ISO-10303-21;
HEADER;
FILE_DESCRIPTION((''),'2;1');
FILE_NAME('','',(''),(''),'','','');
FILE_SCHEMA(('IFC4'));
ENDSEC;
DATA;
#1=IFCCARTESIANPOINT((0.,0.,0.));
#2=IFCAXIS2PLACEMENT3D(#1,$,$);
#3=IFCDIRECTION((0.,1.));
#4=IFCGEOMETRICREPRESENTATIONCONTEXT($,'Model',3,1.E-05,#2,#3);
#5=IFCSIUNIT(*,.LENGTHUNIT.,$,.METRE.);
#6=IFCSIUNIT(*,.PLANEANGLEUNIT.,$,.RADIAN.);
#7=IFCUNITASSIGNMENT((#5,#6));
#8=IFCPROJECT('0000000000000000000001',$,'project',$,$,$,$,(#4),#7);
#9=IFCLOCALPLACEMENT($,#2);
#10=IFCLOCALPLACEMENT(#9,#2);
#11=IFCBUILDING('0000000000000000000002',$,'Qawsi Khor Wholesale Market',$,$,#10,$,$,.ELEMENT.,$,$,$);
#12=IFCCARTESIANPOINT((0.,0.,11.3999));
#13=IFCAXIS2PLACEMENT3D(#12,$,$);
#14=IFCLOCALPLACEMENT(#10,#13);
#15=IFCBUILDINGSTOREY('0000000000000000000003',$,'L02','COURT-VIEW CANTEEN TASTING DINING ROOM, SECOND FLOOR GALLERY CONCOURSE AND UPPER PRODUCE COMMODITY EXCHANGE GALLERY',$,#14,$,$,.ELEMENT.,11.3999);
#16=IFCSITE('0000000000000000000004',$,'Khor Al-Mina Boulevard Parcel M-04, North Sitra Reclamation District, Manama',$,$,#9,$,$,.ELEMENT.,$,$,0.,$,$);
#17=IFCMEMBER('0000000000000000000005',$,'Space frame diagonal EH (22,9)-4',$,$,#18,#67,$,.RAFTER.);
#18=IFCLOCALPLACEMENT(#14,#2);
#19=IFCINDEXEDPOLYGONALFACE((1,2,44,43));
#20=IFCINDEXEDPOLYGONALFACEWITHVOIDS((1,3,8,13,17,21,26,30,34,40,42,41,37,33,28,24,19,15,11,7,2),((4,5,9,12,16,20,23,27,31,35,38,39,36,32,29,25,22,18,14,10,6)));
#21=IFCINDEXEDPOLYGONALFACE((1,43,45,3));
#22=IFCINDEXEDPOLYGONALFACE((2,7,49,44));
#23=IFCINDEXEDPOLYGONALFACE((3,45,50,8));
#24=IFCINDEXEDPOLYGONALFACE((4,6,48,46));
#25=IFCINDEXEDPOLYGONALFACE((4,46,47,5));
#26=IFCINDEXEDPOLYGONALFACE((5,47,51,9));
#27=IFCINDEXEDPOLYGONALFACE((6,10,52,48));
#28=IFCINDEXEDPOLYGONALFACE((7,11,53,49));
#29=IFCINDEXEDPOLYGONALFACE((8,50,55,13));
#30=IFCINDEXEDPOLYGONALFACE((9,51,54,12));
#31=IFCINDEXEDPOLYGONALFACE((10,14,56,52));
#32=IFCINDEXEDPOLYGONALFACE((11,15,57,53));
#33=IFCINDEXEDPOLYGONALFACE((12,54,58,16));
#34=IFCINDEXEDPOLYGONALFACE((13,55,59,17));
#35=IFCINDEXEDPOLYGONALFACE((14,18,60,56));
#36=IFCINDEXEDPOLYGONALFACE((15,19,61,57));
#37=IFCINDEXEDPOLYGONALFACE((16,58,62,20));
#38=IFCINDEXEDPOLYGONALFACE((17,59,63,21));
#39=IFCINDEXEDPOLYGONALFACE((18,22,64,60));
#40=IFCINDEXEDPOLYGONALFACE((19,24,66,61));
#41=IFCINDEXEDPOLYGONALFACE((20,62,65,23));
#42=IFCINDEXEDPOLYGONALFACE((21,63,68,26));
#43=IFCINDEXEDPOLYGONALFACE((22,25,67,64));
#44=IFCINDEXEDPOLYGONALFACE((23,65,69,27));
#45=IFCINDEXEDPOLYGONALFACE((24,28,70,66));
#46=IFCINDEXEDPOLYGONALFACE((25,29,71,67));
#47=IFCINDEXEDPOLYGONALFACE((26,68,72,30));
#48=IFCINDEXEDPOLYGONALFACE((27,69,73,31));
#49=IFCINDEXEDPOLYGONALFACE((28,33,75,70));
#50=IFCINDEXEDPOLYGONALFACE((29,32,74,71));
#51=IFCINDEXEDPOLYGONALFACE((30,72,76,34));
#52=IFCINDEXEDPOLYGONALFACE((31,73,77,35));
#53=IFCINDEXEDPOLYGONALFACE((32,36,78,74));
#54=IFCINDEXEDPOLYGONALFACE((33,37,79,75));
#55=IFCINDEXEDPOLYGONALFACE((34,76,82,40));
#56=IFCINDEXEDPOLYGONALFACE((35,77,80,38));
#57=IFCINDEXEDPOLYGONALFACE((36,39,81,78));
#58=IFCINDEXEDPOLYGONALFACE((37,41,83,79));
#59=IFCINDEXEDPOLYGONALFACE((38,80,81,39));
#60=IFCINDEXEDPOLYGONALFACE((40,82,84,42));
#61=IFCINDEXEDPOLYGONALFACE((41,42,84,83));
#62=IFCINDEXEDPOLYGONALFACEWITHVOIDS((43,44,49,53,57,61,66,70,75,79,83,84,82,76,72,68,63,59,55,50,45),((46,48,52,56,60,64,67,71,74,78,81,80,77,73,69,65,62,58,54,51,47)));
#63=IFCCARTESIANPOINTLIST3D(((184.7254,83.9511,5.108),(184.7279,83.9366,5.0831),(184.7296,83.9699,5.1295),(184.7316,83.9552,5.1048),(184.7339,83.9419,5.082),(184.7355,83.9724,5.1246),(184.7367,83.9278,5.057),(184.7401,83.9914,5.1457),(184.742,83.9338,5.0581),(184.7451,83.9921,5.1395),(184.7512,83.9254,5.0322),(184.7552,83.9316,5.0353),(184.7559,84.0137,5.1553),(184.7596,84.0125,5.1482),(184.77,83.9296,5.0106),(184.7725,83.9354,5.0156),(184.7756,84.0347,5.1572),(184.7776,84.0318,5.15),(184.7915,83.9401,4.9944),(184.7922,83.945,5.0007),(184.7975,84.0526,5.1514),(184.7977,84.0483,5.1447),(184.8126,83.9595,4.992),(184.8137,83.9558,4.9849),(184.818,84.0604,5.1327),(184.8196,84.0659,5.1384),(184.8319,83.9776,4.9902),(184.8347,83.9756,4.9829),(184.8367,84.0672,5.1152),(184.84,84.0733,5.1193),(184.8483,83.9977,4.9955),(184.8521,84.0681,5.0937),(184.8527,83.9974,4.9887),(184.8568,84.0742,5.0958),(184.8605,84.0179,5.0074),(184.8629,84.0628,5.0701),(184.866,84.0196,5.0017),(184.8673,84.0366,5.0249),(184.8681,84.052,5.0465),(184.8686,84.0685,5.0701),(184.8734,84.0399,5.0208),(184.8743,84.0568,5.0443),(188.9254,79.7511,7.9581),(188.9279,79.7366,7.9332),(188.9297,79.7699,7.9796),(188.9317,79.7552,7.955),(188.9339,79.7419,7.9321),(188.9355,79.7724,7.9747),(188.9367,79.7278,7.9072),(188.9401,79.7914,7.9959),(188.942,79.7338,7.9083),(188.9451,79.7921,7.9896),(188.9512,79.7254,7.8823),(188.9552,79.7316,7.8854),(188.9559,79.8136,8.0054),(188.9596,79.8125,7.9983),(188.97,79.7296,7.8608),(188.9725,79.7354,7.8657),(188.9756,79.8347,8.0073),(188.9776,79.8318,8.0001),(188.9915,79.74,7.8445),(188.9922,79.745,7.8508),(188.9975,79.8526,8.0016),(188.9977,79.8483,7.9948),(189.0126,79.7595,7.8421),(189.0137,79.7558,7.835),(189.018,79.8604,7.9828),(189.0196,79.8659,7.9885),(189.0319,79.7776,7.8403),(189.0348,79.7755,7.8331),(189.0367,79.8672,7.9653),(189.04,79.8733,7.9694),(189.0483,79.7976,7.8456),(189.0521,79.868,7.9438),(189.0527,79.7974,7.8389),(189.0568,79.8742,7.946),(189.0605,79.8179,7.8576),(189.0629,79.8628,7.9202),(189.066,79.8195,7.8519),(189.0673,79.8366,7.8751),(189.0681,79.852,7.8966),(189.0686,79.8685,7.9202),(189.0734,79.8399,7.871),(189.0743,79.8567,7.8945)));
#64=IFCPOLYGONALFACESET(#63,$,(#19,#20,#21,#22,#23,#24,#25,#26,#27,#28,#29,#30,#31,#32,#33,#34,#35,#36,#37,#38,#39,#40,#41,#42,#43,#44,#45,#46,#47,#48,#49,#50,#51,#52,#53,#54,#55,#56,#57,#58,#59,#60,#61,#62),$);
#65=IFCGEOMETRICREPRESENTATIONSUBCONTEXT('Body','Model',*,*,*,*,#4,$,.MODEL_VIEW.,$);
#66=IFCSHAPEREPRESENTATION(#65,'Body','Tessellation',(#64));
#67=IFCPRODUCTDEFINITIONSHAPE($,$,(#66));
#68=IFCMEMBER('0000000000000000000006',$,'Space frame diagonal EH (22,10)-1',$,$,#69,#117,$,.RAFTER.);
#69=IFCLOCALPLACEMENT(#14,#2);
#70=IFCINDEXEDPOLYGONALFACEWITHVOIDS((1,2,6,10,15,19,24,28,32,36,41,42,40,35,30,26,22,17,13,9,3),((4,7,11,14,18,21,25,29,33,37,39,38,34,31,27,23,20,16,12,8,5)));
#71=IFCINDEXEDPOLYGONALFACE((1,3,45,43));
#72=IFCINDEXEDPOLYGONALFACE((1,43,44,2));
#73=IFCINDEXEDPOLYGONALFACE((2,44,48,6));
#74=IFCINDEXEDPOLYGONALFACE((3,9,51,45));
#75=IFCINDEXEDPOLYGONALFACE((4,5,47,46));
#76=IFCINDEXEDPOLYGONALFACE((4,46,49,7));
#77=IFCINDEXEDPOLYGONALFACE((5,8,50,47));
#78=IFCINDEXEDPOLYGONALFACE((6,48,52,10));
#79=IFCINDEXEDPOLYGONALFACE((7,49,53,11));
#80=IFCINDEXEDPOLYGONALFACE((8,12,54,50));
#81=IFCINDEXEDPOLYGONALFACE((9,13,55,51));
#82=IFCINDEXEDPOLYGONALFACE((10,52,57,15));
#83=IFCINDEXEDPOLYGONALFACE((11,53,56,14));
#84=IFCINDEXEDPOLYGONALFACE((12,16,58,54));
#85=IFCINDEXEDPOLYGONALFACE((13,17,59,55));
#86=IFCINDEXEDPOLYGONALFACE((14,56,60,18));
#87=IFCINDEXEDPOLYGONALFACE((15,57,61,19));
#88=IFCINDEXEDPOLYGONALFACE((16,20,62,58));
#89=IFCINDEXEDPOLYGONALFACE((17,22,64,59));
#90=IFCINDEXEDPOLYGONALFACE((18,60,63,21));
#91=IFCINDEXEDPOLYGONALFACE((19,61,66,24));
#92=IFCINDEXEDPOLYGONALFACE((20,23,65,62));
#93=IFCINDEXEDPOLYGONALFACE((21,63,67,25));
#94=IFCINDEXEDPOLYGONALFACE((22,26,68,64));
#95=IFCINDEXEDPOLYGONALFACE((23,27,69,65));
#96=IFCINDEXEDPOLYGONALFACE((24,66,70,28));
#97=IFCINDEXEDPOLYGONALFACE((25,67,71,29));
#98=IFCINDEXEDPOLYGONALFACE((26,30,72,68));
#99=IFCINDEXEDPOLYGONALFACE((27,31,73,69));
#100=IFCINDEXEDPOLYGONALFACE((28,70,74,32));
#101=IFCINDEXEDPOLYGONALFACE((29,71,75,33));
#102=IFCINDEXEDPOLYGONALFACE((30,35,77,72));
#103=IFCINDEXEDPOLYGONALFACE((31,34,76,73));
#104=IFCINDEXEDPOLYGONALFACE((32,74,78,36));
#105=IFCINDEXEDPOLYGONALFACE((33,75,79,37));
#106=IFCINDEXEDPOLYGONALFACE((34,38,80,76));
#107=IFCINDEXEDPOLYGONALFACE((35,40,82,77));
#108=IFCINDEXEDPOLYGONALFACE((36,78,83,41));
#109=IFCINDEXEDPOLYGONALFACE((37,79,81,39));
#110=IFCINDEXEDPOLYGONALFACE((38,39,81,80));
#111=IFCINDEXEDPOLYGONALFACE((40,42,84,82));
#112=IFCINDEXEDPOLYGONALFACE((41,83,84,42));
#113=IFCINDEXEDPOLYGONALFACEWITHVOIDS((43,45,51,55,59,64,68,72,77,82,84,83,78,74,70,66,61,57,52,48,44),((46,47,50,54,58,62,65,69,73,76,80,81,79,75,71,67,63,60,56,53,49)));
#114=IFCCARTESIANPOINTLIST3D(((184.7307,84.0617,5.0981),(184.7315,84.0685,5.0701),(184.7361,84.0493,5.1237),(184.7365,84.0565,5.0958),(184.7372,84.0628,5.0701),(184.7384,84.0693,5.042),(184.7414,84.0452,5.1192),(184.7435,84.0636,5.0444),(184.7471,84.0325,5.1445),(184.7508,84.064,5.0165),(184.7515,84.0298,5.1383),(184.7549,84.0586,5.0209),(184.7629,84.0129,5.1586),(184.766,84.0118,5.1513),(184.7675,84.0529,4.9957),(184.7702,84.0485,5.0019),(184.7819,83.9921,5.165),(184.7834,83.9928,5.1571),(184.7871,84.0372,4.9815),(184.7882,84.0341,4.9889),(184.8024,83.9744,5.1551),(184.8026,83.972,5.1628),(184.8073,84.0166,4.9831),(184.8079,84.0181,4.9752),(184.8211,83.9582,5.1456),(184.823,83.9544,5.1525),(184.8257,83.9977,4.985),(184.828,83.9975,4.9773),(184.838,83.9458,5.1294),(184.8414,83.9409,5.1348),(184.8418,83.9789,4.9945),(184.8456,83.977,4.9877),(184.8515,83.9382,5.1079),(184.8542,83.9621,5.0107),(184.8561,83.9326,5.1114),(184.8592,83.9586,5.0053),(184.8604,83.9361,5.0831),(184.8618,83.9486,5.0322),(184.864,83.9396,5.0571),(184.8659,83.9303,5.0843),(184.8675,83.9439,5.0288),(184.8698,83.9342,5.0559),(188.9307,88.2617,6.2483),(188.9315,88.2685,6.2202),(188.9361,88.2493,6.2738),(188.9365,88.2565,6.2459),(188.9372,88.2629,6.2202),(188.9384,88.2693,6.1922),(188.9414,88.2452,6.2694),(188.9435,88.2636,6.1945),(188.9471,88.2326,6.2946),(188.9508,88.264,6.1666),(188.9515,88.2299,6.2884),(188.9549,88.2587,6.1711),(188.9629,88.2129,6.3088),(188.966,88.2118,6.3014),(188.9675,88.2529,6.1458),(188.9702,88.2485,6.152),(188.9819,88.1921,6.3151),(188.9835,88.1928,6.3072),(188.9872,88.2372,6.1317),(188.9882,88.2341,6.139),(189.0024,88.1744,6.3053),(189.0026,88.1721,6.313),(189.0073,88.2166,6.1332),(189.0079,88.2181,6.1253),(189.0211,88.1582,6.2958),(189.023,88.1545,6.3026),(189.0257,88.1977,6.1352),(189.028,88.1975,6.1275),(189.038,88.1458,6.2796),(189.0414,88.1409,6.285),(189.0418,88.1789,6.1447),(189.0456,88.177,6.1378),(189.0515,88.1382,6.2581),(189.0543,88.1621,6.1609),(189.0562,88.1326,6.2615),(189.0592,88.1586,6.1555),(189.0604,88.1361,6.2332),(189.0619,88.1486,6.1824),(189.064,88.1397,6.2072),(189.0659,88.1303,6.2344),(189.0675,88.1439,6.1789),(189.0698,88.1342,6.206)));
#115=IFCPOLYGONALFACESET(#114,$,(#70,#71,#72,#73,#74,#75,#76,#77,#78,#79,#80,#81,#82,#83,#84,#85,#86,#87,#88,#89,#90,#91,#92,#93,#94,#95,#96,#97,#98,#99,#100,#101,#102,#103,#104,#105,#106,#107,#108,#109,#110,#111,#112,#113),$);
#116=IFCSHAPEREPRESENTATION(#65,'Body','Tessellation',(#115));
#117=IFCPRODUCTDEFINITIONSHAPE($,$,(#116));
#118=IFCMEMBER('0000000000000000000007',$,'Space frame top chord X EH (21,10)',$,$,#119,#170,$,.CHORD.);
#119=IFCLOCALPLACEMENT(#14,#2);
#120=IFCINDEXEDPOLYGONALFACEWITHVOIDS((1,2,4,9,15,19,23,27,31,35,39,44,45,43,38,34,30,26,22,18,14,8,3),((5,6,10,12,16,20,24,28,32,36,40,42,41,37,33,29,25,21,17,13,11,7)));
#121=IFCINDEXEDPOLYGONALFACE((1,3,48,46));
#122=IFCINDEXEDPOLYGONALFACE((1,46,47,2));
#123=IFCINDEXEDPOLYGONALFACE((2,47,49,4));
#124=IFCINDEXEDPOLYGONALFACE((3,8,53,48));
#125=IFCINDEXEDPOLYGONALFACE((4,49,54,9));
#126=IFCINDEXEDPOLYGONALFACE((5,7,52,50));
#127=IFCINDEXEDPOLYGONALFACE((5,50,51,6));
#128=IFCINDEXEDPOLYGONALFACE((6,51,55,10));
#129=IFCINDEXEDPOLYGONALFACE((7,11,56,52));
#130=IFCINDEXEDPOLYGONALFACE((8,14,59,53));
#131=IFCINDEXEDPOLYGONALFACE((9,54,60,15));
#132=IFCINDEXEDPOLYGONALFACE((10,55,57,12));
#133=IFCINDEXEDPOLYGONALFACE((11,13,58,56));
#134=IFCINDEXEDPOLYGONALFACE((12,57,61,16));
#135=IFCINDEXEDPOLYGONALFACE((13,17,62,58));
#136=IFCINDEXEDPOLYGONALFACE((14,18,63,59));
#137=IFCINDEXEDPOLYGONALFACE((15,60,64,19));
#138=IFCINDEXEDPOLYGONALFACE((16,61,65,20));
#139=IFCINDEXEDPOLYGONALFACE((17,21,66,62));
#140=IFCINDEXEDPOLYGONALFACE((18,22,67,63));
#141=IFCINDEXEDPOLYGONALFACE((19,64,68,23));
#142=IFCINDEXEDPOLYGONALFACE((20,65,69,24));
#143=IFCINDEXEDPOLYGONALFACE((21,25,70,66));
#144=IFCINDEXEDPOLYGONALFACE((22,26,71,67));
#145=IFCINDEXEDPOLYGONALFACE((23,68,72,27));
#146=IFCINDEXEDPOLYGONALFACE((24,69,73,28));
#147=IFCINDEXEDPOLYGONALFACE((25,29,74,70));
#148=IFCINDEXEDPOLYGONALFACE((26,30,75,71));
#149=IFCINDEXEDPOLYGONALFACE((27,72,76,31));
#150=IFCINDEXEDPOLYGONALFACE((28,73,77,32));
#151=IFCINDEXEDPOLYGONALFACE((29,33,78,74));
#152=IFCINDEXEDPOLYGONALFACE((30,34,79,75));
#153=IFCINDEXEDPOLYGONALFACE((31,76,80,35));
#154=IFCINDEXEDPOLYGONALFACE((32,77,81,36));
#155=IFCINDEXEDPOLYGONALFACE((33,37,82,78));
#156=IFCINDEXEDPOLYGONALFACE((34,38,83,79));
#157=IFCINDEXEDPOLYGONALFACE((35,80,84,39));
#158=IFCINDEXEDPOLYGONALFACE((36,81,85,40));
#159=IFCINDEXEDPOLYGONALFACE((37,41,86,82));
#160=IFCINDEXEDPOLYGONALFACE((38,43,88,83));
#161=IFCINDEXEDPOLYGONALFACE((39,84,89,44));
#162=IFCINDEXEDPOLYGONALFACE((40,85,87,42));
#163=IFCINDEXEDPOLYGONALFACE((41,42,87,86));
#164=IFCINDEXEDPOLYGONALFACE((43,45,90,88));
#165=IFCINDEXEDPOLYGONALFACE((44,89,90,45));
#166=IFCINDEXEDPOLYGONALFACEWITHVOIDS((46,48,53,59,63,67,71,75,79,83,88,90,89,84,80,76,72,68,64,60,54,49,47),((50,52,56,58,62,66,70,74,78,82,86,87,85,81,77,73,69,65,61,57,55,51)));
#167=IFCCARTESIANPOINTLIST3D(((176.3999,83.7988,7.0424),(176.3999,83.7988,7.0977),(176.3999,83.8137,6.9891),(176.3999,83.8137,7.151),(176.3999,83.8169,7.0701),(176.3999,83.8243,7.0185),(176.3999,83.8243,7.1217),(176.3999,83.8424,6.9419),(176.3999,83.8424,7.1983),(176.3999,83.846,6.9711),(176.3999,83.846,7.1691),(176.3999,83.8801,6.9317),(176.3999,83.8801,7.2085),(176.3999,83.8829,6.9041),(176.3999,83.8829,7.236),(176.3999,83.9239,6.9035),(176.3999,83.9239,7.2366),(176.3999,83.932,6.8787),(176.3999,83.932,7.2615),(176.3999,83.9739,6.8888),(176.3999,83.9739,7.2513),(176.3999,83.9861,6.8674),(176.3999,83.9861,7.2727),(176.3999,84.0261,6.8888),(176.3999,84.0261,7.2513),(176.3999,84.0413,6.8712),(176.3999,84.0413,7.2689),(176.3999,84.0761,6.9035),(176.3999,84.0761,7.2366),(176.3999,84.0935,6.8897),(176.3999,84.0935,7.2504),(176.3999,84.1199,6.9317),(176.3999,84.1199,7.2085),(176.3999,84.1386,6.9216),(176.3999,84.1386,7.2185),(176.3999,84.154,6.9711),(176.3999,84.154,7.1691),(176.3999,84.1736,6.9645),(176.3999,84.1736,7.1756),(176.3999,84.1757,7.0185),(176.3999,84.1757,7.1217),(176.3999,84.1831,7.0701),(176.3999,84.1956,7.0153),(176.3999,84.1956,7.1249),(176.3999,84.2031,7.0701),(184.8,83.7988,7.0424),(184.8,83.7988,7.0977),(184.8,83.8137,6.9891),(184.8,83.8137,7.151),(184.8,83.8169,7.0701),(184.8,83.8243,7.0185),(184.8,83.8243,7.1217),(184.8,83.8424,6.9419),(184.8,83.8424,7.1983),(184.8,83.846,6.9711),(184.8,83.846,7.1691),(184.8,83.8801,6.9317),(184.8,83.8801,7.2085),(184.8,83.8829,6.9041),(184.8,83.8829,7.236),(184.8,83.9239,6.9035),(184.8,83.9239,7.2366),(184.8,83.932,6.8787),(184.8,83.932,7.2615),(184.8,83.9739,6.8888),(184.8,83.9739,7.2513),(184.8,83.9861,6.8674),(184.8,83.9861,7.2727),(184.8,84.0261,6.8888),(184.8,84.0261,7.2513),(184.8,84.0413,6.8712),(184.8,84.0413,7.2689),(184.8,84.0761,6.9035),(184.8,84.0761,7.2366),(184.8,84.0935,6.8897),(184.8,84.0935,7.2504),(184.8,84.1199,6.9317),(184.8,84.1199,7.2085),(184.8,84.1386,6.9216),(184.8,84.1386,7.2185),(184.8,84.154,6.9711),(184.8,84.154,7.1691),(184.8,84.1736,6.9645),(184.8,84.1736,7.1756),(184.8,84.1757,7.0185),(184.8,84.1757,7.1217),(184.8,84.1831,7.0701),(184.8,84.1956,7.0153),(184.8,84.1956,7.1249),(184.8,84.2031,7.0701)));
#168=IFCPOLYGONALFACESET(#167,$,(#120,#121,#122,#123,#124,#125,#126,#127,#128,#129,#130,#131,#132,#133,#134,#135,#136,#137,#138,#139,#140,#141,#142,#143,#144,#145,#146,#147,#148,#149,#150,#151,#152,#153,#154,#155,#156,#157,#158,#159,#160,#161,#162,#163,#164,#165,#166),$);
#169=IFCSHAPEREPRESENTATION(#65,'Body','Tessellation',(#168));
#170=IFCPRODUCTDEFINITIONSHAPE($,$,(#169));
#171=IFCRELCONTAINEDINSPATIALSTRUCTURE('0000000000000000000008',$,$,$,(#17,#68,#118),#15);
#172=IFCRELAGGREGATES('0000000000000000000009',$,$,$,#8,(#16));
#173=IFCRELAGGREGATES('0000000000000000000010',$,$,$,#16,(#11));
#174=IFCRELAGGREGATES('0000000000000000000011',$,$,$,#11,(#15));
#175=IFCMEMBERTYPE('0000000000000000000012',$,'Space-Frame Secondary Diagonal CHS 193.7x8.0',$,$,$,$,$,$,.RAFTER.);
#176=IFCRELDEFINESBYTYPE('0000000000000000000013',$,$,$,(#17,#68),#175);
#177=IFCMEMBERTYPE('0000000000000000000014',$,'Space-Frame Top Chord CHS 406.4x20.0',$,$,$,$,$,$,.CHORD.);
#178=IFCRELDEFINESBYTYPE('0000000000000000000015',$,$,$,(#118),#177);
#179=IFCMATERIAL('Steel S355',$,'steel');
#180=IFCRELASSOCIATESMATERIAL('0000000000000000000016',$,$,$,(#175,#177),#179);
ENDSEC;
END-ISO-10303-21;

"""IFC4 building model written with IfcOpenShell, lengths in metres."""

from ifc_helpers import new_model, si_unit, direction, frame, origin, origin_2d, place, context, subcontext, project, spatial, hollow_circle, extrude, material, material_profile, profile_set, type_object, element, save


model = new_model("IFC4")

# Units and contexts
model_context = context("Model", 3, precision=1e-05, world=origin(), true_north=direction((0.0, 1.0)))
body_context = subcontext(model_context, "Body", "Model", "MODEL_VIEW")
ifc_project = project(units=[si_unit("LENGTHUNIT", "METRE"), si_unit("PLANEANGLEUNIT", "RADIAN")], contexts=[model_context])

# Site, building, storey
site_placement = place(None, origin())
site = spatial("IfcSite", under=ifc_project, at=site_placement, Name="Khor Al-Mina Boulevard Parcel M-04, North Sitra Reclamation District, Manama", CompositionType="ELEMENT", RefElevation=0.0)
building_placement = place(site_placement, origin())
building = spatial("IfcBuilding", under=site, at=building_placement, Name="Qawsi Khor Wholesale Market", CompositionType="ELEMENT")
storey_placement = place(building_placement, frame((0.0, 0.0, 11.3999)))
storey = spatial("IfcBuildingStorey", under=building, at=storey_placement, Name="L02", Description="COURT-VIEW CANTEEN TASTING DINING ROOM, SECOND FLOOR GALLERY CONCOURSE AND UPPER PRODUCE COMMODITY EXCHANGE GALLERY", CompositionType="ELEMENT", Elevation=11.3999)

# Members
ifc_material_1 = material(Name="Steel S355", Category="steel")
ifc_material_profile_1 = material_profile(ifc_material_1, hollow_circle(Radius=0.0969, WallThickness=0.0081, at=origin_2d()), Name="CHS 193.7x8.0")
ifc_profile_set_1 = profile_set([ifc_material_profile_1], Name="Steel S355")
member_type_1 = type_object("IfcMemberType", Name="Space-Frame Secondary Diagonal CHS 193.7x8.0", PredefinedType="RAFTER", material=ifc_profile_set_1)
member_1_placement = place(storey_placement, frame((184.8, 84.0, 5.0701), z_axis=(0.637512, -0.637512, 0.432617), x_axis=(0.707107, 0.707107, 0.0)))
element("IfcMember", 1, at=member_1_placement, inside=storey, type_object=member_type_1, Name="Space frame diagonal EH (22,9)-4", PredefinedType="RAFTER", context=body_context, shape_type="SweptSolid", body=[
    extrude(hollow_circle(Radius=0.0969, WallThickness=0.0081, at=origin_2d()), origin(), (0.0, 0.0, 1.0), 6.5881),
])
member_2_placement = place(storey_placement, frame((184.8, 84.0, 5.0701), z_axis=(0.694211, 0.694211, 0.190108), x_axis=(-0.707107, 0.707107, 0.0)))
element("IfcMember", 2, at=member_2_placement, inside=storey, type_object=member_type_1, Name="Space frame diagonal EH (22,10)-1", PredefinedType="RAFTER", context=body_context, shape_type="SweptSolid", body=[
    extrude(hollow_circle(Radius=0.0969, WallThickness=0.0081, at=origin_2d()), origin(), (0.0, 0.0, 1.0), 6.05),
])
ifc_material_profile_2 = material_profile(ifc_material_1, hollow_circle(Radius=0.2031, WallThickness=0.02, at=origin_2d()), Name="CHS 406.4x20.0")
ifc_profile_set_2 = profile_set([ifc_material_profile_2], Name="Steel S355")
member_type_2 = type_object("IfcMemberType", Name="Space-Frame Top Chord CHS 406.4x20.0", PredefinedType="CHORD", material=ifc_profile_set_2)
member_3_placement = place(storey_placement, frame((176.3999, 84.0, 7.0701), z_axis=(1.0, 0.0, 0.0), x_axis=(0.0, 1.0, 0.0)))
element("IfcMember", 3, at=member_3_placement, inside=storey, type_object=member_type_2, Name="Space frame top chord X EH (21,10)", PredefinedType="CHORD", context=body_context, shape_type="SweptSolid", body=[
    extrude(hollow_circle(Radius=0.2031, WallThickness=0.02, at=origin_2d()), origin(), (0.0, 0.0, 1.0), 8.4001),
])

save(model, "model.ifc")
